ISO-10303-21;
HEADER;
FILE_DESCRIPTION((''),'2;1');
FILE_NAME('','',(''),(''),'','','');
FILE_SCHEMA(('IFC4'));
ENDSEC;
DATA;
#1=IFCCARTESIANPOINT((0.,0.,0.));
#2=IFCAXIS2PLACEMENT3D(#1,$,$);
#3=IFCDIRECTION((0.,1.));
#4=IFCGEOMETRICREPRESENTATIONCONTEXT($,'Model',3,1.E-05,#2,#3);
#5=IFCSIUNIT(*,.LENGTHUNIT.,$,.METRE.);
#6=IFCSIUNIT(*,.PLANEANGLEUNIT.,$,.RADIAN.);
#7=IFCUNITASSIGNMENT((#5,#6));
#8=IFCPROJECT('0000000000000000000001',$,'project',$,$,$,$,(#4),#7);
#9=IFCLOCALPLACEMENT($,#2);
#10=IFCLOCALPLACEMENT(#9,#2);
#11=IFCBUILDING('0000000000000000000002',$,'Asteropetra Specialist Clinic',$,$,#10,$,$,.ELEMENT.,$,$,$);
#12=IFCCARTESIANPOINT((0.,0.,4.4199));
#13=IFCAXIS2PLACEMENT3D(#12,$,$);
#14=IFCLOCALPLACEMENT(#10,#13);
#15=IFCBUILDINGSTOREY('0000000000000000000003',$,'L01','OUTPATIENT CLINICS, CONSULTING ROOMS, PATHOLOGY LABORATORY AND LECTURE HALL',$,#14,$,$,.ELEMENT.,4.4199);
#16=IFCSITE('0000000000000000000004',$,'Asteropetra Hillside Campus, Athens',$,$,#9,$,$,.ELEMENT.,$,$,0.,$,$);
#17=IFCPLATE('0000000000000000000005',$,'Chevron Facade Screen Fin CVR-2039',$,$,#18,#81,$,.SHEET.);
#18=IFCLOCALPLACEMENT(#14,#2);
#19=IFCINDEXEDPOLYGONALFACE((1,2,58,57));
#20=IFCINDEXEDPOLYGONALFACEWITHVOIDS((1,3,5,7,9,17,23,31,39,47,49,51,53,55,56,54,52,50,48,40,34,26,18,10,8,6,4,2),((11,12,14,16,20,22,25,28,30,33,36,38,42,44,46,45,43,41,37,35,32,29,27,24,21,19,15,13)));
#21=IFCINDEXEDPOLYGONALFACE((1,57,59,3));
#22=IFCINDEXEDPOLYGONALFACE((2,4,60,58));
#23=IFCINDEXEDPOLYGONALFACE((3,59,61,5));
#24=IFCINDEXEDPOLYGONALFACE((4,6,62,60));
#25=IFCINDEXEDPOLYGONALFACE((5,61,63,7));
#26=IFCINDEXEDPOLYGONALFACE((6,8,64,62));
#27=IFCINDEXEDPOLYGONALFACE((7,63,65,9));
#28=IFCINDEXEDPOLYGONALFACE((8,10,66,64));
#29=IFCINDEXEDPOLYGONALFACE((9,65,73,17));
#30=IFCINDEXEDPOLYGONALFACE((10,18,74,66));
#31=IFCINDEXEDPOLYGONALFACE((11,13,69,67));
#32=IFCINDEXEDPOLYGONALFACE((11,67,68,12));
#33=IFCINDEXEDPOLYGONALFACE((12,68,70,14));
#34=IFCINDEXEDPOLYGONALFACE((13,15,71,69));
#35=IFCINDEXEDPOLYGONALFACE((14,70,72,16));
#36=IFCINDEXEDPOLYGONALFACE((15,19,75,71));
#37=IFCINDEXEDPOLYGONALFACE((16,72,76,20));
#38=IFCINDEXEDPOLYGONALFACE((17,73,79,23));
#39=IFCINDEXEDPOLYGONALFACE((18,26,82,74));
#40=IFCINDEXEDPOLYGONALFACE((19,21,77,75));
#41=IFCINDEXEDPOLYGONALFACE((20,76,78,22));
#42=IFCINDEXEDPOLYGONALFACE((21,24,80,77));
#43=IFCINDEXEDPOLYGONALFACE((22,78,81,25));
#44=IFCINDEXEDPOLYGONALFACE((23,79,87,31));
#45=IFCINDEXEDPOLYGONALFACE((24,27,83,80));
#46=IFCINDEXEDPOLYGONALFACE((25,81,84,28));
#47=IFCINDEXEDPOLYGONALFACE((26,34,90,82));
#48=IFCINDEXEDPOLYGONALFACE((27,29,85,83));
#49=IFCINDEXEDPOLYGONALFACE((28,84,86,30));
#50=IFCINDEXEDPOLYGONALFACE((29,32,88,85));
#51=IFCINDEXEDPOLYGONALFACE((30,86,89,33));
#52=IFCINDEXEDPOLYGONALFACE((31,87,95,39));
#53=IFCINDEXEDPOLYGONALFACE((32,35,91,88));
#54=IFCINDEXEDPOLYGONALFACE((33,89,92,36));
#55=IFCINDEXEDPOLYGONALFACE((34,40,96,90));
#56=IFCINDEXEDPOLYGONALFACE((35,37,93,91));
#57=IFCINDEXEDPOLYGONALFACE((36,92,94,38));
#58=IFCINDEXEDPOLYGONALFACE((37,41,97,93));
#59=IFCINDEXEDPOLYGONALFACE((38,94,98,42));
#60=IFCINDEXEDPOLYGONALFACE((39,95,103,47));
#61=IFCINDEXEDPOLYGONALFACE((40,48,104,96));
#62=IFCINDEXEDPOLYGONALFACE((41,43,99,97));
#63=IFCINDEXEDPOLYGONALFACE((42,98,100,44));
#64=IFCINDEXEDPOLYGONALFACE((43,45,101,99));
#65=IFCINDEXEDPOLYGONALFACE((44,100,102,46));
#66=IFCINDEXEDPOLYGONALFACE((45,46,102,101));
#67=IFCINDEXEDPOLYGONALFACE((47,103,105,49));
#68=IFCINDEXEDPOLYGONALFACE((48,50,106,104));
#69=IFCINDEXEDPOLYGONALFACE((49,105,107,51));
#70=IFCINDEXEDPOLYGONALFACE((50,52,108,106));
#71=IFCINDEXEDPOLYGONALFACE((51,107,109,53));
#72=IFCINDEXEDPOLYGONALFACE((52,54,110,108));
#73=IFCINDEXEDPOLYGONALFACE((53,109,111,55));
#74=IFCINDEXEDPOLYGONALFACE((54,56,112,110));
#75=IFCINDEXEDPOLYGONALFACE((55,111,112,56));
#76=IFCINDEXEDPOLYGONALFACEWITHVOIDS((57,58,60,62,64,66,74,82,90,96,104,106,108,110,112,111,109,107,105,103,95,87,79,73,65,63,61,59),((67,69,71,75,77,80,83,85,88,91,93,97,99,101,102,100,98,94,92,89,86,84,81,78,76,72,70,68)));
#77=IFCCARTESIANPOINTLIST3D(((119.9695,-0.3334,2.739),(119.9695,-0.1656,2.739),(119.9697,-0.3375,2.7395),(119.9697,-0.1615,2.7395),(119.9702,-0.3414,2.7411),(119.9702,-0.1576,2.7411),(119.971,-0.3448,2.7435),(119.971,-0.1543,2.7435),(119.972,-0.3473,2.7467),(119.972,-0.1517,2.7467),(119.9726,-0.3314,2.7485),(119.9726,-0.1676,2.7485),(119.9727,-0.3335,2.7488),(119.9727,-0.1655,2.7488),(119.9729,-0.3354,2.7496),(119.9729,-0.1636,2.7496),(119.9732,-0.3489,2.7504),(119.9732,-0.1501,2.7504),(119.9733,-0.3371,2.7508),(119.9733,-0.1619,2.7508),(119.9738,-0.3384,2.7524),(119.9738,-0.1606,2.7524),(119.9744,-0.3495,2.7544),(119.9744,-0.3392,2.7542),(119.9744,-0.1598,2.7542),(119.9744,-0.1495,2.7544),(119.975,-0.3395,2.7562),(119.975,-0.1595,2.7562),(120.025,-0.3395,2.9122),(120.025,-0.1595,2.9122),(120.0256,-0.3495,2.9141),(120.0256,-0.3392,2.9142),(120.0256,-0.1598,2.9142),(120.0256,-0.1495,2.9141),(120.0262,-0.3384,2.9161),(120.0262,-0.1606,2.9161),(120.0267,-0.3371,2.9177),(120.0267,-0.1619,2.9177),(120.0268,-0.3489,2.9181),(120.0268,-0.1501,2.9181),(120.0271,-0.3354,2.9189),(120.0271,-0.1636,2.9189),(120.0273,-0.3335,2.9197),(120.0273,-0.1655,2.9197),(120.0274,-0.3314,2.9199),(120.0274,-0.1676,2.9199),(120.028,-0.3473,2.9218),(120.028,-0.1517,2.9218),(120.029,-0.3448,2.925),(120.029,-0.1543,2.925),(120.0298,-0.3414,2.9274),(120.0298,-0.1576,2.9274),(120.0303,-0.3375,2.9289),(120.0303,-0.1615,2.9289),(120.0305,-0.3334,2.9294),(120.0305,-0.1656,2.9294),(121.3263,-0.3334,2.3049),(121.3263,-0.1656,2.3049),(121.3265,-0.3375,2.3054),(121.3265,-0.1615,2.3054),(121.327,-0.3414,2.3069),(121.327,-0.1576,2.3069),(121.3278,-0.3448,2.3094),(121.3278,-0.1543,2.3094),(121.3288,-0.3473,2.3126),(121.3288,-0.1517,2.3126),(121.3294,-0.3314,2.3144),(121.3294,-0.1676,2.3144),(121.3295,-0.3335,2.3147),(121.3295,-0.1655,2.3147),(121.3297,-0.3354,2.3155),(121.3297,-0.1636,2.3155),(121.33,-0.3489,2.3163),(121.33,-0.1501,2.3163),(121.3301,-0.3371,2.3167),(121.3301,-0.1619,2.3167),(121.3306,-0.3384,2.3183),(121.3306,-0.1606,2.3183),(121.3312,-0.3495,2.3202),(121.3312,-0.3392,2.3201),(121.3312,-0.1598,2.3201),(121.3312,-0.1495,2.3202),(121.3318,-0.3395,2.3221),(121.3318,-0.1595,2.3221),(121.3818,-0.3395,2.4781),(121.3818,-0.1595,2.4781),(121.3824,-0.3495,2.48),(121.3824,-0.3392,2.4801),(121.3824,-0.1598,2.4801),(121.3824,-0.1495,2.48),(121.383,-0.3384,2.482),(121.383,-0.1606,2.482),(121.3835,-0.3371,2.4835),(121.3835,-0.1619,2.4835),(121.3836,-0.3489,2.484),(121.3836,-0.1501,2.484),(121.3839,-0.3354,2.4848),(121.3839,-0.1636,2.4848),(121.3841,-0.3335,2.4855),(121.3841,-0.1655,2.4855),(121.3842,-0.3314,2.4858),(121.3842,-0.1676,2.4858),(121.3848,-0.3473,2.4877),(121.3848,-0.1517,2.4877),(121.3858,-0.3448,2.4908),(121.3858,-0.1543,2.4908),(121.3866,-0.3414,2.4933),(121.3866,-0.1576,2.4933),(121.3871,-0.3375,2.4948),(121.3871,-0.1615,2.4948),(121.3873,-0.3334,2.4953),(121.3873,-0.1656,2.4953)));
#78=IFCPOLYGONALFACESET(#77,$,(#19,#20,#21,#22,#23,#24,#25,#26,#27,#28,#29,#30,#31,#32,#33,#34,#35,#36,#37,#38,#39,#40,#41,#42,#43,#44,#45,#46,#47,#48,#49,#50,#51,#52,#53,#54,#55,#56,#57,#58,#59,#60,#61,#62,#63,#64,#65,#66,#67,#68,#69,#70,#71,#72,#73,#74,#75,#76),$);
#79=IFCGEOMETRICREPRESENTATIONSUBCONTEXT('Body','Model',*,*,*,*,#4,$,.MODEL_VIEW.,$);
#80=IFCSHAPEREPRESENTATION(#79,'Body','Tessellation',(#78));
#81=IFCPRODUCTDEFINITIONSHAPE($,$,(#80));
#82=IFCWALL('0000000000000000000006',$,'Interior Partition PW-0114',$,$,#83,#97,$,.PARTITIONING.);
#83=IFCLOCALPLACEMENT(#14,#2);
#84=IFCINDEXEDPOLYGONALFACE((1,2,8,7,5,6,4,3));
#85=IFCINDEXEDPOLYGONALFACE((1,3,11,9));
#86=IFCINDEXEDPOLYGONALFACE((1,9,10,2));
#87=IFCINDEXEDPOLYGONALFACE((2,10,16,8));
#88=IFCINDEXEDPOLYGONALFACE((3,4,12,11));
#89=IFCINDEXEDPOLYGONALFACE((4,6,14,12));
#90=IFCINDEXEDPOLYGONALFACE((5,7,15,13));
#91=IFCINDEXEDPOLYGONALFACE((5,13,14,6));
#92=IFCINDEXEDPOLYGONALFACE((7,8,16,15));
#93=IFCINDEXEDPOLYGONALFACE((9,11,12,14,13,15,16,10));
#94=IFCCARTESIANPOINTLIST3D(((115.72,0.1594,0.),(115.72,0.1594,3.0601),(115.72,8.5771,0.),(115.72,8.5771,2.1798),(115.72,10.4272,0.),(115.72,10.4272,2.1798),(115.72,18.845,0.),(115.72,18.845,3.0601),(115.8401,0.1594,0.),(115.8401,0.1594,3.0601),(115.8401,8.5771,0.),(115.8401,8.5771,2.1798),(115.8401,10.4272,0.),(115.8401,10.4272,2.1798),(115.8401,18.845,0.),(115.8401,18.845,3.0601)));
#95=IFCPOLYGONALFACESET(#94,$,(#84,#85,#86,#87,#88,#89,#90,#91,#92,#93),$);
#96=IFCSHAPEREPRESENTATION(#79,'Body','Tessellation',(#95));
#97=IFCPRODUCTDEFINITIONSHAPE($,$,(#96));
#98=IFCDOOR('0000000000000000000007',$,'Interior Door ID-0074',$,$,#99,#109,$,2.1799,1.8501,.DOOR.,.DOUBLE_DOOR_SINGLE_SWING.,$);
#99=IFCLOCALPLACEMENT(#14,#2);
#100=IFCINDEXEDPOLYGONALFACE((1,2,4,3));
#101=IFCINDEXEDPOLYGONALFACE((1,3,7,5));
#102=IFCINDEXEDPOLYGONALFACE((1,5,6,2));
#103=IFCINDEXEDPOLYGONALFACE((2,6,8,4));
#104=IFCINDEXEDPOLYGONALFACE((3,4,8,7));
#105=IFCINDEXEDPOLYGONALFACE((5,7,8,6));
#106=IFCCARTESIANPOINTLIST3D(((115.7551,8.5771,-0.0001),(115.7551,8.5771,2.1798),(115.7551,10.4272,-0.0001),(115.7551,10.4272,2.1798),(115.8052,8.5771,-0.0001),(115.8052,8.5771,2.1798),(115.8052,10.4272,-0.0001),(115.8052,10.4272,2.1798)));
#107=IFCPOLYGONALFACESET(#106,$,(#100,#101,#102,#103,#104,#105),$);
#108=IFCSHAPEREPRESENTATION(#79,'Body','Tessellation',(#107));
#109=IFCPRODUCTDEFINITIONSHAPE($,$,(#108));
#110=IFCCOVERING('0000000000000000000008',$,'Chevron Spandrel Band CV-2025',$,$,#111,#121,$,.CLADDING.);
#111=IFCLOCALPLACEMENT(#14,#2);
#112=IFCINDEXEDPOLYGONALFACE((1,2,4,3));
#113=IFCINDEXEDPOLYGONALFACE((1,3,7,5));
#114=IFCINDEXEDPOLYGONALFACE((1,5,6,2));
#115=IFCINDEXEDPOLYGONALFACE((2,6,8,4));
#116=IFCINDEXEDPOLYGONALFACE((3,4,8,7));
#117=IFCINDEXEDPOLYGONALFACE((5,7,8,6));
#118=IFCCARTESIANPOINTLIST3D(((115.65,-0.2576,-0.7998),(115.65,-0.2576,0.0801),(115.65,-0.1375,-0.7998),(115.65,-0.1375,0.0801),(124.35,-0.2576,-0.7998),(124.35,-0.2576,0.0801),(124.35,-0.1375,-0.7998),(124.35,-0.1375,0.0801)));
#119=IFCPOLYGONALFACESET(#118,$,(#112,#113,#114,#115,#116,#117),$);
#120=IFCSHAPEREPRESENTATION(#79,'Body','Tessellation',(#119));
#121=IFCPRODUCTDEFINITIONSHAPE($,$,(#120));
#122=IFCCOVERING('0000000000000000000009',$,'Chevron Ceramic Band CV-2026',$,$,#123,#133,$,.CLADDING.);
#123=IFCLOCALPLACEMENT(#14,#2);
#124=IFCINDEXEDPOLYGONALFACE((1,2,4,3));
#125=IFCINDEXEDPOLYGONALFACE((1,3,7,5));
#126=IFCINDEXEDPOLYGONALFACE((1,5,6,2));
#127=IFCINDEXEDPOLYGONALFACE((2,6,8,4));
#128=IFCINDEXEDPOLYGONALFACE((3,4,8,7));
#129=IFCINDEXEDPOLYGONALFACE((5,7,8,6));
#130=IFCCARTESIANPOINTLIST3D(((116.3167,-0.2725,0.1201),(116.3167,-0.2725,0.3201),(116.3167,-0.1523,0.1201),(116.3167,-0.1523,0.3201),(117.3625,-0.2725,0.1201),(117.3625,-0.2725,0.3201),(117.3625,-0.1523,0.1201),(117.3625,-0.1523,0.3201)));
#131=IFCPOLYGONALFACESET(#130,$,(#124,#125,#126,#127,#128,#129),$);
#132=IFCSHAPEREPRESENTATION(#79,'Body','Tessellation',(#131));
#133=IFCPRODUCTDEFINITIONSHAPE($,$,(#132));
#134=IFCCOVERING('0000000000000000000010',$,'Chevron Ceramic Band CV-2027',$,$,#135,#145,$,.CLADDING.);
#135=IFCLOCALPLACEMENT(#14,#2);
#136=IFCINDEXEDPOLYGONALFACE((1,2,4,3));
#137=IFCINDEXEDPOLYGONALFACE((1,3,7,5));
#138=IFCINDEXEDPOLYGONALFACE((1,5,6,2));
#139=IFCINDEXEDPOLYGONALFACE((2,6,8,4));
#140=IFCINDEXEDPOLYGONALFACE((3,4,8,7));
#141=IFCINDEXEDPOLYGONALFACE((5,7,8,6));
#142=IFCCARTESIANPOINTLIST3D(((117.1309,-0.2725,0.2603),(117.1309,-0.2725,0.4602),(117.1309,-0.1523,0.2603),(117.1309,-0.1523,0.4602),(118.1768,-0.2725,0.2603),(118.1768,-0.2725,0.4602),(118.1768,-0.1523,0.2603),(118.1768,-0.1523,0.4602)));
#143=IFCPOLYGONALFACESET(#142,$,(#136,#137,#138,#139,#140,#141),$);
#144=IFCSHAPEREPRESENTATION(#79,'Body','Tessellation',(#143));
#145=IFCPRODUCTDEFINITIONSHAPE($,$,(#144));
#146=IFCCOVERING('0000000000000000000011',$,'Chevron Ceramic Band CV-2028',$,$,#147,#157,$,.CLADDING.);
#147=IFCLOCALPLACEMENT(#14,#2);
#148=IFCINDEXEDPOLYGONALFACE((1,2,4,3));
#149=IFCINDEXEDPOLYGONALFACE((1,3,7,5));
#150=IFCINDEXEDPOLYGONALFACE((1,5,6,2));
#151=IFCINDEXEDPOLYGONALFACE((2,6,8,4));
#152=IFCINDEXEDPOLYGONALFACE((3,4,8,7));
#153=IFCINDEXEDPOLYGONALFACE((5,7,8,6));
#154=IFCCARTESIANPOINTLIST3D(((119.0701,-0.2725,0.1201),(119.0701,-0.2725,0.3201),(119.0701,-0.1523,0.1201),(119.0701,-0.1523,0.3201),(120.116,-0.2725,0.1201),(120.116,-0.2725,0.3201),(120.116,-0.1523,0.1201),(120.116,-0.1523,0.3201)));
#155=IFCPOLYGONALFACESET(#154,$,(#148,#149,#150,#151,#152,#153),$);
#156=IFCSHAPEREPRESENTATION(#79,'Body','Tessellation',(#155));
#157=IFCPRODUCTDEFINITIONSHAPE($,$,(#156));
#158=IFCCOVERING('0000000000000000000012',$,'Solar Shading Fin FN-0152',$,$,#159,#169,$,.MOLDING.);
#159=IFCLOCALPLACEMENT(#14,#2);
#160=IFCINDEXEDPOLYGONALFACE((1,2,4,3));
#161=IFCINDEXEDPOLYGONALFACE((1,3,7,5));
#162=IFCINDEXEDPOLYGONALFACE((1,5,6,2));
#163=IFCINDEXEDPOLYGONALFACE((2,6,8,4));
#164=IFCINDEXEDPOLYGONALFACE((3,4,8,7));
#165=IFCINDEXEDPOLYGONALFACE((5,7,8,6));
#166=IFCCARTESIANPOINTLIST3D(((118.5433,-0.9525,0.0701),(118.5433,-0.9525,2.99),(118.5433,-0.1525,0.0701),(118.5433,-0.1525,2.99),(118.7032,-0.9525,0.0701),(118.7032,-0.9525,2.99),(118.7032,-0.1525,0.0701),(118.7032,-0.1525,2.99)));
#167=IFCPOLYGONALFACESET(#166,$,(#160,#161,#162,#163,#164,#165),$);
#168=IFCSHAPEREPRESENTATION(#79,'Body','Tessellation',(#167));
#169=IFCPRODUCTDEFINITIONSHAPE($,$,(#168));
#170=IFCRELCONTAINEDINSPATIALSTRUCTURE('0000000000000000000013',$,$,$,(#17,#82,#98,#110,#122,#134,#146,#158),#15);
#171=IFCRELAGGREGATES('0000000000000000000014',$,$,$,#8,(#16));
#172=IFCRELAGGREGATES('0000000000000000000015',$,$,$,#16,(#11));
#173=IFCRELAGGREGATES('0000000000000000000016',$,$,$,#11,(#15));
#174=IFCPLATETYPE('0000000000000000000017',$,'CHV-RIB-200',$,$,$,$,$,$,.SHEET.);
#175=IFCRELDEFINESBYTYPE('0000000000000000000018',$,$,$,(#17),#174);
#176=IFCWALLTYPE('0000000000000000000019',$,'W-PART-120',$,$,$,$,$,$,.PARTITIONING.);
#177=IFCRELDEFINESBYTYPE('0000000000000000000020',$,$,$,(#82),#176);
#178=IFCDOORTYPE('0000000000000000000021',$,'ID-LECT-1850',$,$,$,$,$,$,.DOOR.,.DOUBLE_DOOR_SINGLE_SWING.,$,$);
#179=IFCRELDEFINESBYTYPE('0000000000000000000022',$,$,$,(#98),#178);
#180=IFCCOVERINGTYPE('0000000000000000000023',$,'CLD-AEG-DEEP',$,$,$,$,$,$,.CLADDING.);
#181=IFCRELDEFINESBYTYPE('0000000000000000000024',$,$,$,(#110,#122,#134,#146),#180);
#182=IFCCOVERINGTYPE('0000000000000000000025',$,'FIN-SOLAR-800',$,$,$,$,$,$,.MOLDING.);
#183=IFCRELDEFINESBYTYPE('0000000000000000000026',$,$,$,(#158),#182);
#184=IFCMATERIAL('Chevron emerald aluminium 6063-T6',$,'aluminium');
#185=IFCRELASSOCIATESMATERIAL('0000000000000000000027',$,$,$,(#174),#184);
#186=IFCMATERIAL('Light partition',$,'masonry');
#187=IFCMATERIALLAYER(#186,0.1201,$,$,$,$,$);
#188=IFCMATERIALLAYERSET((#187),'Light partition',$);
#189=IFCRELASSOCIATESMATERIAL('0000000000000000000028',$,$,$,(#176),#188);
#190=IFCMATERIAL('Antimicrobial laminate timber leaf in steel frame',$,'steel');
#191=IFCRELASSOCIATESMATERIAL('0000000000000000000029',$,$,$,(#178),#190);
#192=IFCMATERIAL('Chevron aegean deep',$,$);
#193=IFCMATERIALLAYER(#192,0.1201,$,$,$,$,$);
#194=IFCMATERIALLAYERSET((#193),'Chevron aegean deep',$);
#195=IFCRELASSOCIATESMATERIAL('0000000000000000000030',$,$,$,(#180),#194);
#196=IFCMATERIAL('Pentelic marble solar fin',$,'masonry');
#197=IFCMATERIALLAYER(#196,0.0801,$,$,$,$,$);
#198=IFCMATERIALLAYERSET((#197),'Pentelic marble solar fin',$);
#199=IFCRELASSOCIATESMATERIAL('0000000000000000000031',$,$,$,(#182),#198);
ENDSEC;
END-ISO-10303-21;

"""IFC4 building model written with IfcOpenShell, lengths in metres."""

from ifc_helpers import new_model, si_unit, direction, frame, frame_2d, origin, origin_2d, place, context, subcontext, project, spatial, rectangle, hollow_rectangle, extrude, material, layer, layer_set, material_profile, profile_set, type_object, element, fill, save


model = new_model("IFC4")

# Units and contexts
model_context = context("Model", 3, precision=1e-05, world=origin(), true_north=direction((0.0, 1.0)))
body_context = subcontext(model_context, "Body", "Model", "MODEL_VIEW")
ifc_project = project(units=[si_unit("LENGTHUNIT", "METRE"), si_unit("PLANEANGLEUNIT", "RADIAN")], contexts=[model_context])

# Site, building, storey
site_placement = place(None, origin())
site = spatial("IfcSite", under=ifc_project, at=site_placement, Name="Asteropetra Hillside Campus, Athens", CompositionType="ELEMENT", RefElevation=0.0)
building_placement = place(site_placement, origin())
building = spatial("IfcBuilding", under=site, at=building_placement, Name="Asteropetra Specialist Clinic", CompositionType="ELEMENT")
storey_placement = place(building_placement, frame((0.0, 0.0, 4.4199)))
storey = spatial("IfcBuildingStorey", under=building, at=storey_placement, Name="L01", Description="OUTPATIENT CLINICS, CONSULTING ROOMS, PATHOLOGY LABORATORY AND LECTURE HALL", CompositionType="ELEMENT", Elevation=4.4199)

# Plate
ifc_material_1 = material(Name="Chevron emerald aluminium 6063-T6", Category="aluminium")
ifc_material_profile = material_profile(ifc_material_1, hollow_rectangle(XDim=0.2, YDim=0.2, WallThickness=0.01, InnerFilletRadius=0.0081, OuterFilletRadius=0.0161, at=origin_2d()), Name="SHS 200x200x10.0")
ifc_profile_set = profile_set([ifc_material_profile], Name="Chevron emerald aluminium 6063-T6")
plate_type = type_object("IfcPlateType", Name="CHV-RIB-200", PredefinedType="SHEET", material=ifc_profile_set)
for number, where, z_axis, x_axis, name in (
    (1, (120.0, -0.2495, 2.8342), (0.952436, 0.0, -0.304738), (0.0, 1.0, 0.0), "Chevron Facade Screen Fin CVR-2039"),
):
    element("IfcPlate", number, at=place(storey_placement, frame(where, z_axis=z_axis, x_axis=x_axis)), inside=storey, type_object=plate_type, Name=name, PredefinedType="SHEET", context=body_context, shape_type="SweptSolid", body=[
        extrude(hollow_rectangle(XDim=0.2, YDim=0.2, WallThickness=0.01, InnerFilletRadius=0.0081, OuterFilletRadius=0.0161, at=origin_2d()), origin(), (0.0, 0.0, 1.0), 1.4246),
    ])

# Wall, opening, door
ifc_material_2 = material(Name="Light partition", Category="masonry")
ifc_layer_1 = layer(ifc_material_2, 0.1201)
ifc_layer_set_1 = layer_set([ifc_layer_1], Name="Light partition")
wall_type = type_object("IfcWallType", Name="W-PART-120", PredefinedType="PARTITIONING", material=ifc_layer_set_1)
wall_placement = place(storey_placement, frame((115.78, 0.1594, 0.0), z_axis=(0.0, 0.0, 1.0), x_axis=(0.0, 1.0, 0.0)))
wall = element("IfcWall", 2, at=wall_placement, inside=storey, type_object=wall_type, Name="Interior Partition PW-0114", PredefinedType="PARTITIONING", context=body_context, shape_type="SweptSolid", body=[
    extrude(rectangle(XDim=18.6855, YDim=0.1201, at=frame_2d((9.3428, 0.0))), origin(), (0.0, 0.0, 1.0), 3.0601),
])
opening_placement = place(wall_placement, frame((8.4177, 0.0, 0.0)))
opening = element("IfcOpeningElement", 3, at=opening_placement, cuts=wall, PredefinedType="OPENING", context=body_context, shape_type="SweptSolid", body=[
    extrude(rectangle(XDim=1.8501, YDim=2.1799, at=frame_2d((0.925, 1.0898))), frame((0.0, 0.0701, 0.0), z_axis=(0.0, -1.0, 0.0), x_axis=(1.0, 0.0, 0.0)), (0.0, 0.0, 1.0), 0.1401),
])
ifc_material_3 = material(Name="Antimicrobial laminate timber leaf in steel frame", Category="steel")
door_type = type_object("IfcDoorType", Name="ID-LECT-1850", OperationType="DOUBLE_DOOR_SINGLE_SWING", PredefinedType="DOOR", material=ifc_material_3)
door_placement = place(opening_placement, origin())
door = element("IfcDoor", 4, at=door_placement, inside=storey, type_object=door_type, Name="Interior Door ID-0074", OperationType="DOUBLE_DOOR_SINGLE_SWING", OverallHeight=2.1799, OverallWidth=1.8501, PredefinedType="DOOR", context=body_context, shape_type="SweptSolid", body=[
    extrude(rectangle(XDim=1.8501, YDim=2.1799, at=frame_2d((0.925, 1.0898))), frame((0.0, 0.0249, 0.0), z_axis=(0.0, -1.0, 0.0), x_axis=(1.0, 0.0, 0.0)), (0.0, 0.0, 1.0), 0.05),
])
fill(opening, door)

# Coverings
ifc_material_4 = material(Name="Chevron aegean deep")
ifc_layer_2 = layer(ifc_material_4, 0.1201)
ifc_layer_set_2 = layer_set([ifc_layer_2], Name="Chevron aegean deep")
covering_type_1 = type_object("IfcCoveringType", Name="CLD-AEG-DEEP", PredefinedType="CLADDING", material=ifc_layer_set_2)
covering_1_placement = place(storey_placement, frame((120.0, -0.1975, -0.7998), z_axis=(0.0, 0.0, 1.0), x_axis=(1.0, 0.0, 0.0)))
element("IfcCovering", 5, at=covering_1_placement, inside=storey, type_object=covering_type_1, Name="Chevron Spandrel Band CV-2025", PredefinedType="CLADDING", context=body_context, shape_type="SweptSolid", body=[
    extrude(rectangle(XDim=8.7, YDim=0.1201, at=origin_2d()), origin(), (0.0, 0.0, 1.0), 0.8799),
])
for number, where, z_axis, x_axis, name in (
    (6, (116.8396, -0.2124, 0.1201), (0.0, 0.0, 1.0), (1.0, 0.0, 0.0), "Chevron Ceramic Band CV-2026"),
    (7, (117.6538, -0.2124, 0.2603), (0.0, 0.0, 1.0), (1.0, 0.0, 0.0), "Chevron Ceramic Band CV-2027"),
    (8, (119.593, -0.2124, 0.1201), (0.0, 0.0, 1.0), (1.0, 0.0, 0.0), "Chevron Ceramic Band CV-2028"),
):
    element("IfcCovering", number, at=place(storey_placement, frame(where, z_axis=z_axis, x_axis=x_axis)), inside=storey, type_object=covering_type_1, Name=name, PredefinedType="CLADDING", context=body_context, shape_type="SweptSolid", body=[
        extrude(rectangle(XDim=1.0459, YDim=0.1201, at=origin_2d()), origin(), (0.0, 0.0, 1.0), 0.2),
    ])
ifc_material_5 = material(Name="Pentelic marble solar fin", Category="masonry")
ifc_layer_3 = layer(ifc_material_5, 0.0801)
ifc_layer_set_3 = layer_set([ifc_layer_3], Name="Pentelic marble solar fin")
covering_type_2 = type_object("IfcCoveringType", Name="FIN-SOLAR-800", PredefinedType="MOLDING", material=ifc_layer_set_3)
covering_2_placement = place(storey_placement, frame((118.6233, -0.5525, 0.0701), z_axis=(0.0, 0.0, 1.0), x_axis=(1.0, 0.0, 0.0)))
element("IfcCovering", 9, at=covering_2_placement, inside=storey, type_object=covering_type_2, Name="Solar Shading Fin FN-0152", PredefinedType="MOLDING", context=body_context, shape_type="SweptSolid", body=[
    extrude(rectangle(XDim=0.1599, YDim=0.8, at=origin_2d()), origin(), (0.0, 0.0, 1.0), 2.9199),
])

save(model, "model.ifc")
